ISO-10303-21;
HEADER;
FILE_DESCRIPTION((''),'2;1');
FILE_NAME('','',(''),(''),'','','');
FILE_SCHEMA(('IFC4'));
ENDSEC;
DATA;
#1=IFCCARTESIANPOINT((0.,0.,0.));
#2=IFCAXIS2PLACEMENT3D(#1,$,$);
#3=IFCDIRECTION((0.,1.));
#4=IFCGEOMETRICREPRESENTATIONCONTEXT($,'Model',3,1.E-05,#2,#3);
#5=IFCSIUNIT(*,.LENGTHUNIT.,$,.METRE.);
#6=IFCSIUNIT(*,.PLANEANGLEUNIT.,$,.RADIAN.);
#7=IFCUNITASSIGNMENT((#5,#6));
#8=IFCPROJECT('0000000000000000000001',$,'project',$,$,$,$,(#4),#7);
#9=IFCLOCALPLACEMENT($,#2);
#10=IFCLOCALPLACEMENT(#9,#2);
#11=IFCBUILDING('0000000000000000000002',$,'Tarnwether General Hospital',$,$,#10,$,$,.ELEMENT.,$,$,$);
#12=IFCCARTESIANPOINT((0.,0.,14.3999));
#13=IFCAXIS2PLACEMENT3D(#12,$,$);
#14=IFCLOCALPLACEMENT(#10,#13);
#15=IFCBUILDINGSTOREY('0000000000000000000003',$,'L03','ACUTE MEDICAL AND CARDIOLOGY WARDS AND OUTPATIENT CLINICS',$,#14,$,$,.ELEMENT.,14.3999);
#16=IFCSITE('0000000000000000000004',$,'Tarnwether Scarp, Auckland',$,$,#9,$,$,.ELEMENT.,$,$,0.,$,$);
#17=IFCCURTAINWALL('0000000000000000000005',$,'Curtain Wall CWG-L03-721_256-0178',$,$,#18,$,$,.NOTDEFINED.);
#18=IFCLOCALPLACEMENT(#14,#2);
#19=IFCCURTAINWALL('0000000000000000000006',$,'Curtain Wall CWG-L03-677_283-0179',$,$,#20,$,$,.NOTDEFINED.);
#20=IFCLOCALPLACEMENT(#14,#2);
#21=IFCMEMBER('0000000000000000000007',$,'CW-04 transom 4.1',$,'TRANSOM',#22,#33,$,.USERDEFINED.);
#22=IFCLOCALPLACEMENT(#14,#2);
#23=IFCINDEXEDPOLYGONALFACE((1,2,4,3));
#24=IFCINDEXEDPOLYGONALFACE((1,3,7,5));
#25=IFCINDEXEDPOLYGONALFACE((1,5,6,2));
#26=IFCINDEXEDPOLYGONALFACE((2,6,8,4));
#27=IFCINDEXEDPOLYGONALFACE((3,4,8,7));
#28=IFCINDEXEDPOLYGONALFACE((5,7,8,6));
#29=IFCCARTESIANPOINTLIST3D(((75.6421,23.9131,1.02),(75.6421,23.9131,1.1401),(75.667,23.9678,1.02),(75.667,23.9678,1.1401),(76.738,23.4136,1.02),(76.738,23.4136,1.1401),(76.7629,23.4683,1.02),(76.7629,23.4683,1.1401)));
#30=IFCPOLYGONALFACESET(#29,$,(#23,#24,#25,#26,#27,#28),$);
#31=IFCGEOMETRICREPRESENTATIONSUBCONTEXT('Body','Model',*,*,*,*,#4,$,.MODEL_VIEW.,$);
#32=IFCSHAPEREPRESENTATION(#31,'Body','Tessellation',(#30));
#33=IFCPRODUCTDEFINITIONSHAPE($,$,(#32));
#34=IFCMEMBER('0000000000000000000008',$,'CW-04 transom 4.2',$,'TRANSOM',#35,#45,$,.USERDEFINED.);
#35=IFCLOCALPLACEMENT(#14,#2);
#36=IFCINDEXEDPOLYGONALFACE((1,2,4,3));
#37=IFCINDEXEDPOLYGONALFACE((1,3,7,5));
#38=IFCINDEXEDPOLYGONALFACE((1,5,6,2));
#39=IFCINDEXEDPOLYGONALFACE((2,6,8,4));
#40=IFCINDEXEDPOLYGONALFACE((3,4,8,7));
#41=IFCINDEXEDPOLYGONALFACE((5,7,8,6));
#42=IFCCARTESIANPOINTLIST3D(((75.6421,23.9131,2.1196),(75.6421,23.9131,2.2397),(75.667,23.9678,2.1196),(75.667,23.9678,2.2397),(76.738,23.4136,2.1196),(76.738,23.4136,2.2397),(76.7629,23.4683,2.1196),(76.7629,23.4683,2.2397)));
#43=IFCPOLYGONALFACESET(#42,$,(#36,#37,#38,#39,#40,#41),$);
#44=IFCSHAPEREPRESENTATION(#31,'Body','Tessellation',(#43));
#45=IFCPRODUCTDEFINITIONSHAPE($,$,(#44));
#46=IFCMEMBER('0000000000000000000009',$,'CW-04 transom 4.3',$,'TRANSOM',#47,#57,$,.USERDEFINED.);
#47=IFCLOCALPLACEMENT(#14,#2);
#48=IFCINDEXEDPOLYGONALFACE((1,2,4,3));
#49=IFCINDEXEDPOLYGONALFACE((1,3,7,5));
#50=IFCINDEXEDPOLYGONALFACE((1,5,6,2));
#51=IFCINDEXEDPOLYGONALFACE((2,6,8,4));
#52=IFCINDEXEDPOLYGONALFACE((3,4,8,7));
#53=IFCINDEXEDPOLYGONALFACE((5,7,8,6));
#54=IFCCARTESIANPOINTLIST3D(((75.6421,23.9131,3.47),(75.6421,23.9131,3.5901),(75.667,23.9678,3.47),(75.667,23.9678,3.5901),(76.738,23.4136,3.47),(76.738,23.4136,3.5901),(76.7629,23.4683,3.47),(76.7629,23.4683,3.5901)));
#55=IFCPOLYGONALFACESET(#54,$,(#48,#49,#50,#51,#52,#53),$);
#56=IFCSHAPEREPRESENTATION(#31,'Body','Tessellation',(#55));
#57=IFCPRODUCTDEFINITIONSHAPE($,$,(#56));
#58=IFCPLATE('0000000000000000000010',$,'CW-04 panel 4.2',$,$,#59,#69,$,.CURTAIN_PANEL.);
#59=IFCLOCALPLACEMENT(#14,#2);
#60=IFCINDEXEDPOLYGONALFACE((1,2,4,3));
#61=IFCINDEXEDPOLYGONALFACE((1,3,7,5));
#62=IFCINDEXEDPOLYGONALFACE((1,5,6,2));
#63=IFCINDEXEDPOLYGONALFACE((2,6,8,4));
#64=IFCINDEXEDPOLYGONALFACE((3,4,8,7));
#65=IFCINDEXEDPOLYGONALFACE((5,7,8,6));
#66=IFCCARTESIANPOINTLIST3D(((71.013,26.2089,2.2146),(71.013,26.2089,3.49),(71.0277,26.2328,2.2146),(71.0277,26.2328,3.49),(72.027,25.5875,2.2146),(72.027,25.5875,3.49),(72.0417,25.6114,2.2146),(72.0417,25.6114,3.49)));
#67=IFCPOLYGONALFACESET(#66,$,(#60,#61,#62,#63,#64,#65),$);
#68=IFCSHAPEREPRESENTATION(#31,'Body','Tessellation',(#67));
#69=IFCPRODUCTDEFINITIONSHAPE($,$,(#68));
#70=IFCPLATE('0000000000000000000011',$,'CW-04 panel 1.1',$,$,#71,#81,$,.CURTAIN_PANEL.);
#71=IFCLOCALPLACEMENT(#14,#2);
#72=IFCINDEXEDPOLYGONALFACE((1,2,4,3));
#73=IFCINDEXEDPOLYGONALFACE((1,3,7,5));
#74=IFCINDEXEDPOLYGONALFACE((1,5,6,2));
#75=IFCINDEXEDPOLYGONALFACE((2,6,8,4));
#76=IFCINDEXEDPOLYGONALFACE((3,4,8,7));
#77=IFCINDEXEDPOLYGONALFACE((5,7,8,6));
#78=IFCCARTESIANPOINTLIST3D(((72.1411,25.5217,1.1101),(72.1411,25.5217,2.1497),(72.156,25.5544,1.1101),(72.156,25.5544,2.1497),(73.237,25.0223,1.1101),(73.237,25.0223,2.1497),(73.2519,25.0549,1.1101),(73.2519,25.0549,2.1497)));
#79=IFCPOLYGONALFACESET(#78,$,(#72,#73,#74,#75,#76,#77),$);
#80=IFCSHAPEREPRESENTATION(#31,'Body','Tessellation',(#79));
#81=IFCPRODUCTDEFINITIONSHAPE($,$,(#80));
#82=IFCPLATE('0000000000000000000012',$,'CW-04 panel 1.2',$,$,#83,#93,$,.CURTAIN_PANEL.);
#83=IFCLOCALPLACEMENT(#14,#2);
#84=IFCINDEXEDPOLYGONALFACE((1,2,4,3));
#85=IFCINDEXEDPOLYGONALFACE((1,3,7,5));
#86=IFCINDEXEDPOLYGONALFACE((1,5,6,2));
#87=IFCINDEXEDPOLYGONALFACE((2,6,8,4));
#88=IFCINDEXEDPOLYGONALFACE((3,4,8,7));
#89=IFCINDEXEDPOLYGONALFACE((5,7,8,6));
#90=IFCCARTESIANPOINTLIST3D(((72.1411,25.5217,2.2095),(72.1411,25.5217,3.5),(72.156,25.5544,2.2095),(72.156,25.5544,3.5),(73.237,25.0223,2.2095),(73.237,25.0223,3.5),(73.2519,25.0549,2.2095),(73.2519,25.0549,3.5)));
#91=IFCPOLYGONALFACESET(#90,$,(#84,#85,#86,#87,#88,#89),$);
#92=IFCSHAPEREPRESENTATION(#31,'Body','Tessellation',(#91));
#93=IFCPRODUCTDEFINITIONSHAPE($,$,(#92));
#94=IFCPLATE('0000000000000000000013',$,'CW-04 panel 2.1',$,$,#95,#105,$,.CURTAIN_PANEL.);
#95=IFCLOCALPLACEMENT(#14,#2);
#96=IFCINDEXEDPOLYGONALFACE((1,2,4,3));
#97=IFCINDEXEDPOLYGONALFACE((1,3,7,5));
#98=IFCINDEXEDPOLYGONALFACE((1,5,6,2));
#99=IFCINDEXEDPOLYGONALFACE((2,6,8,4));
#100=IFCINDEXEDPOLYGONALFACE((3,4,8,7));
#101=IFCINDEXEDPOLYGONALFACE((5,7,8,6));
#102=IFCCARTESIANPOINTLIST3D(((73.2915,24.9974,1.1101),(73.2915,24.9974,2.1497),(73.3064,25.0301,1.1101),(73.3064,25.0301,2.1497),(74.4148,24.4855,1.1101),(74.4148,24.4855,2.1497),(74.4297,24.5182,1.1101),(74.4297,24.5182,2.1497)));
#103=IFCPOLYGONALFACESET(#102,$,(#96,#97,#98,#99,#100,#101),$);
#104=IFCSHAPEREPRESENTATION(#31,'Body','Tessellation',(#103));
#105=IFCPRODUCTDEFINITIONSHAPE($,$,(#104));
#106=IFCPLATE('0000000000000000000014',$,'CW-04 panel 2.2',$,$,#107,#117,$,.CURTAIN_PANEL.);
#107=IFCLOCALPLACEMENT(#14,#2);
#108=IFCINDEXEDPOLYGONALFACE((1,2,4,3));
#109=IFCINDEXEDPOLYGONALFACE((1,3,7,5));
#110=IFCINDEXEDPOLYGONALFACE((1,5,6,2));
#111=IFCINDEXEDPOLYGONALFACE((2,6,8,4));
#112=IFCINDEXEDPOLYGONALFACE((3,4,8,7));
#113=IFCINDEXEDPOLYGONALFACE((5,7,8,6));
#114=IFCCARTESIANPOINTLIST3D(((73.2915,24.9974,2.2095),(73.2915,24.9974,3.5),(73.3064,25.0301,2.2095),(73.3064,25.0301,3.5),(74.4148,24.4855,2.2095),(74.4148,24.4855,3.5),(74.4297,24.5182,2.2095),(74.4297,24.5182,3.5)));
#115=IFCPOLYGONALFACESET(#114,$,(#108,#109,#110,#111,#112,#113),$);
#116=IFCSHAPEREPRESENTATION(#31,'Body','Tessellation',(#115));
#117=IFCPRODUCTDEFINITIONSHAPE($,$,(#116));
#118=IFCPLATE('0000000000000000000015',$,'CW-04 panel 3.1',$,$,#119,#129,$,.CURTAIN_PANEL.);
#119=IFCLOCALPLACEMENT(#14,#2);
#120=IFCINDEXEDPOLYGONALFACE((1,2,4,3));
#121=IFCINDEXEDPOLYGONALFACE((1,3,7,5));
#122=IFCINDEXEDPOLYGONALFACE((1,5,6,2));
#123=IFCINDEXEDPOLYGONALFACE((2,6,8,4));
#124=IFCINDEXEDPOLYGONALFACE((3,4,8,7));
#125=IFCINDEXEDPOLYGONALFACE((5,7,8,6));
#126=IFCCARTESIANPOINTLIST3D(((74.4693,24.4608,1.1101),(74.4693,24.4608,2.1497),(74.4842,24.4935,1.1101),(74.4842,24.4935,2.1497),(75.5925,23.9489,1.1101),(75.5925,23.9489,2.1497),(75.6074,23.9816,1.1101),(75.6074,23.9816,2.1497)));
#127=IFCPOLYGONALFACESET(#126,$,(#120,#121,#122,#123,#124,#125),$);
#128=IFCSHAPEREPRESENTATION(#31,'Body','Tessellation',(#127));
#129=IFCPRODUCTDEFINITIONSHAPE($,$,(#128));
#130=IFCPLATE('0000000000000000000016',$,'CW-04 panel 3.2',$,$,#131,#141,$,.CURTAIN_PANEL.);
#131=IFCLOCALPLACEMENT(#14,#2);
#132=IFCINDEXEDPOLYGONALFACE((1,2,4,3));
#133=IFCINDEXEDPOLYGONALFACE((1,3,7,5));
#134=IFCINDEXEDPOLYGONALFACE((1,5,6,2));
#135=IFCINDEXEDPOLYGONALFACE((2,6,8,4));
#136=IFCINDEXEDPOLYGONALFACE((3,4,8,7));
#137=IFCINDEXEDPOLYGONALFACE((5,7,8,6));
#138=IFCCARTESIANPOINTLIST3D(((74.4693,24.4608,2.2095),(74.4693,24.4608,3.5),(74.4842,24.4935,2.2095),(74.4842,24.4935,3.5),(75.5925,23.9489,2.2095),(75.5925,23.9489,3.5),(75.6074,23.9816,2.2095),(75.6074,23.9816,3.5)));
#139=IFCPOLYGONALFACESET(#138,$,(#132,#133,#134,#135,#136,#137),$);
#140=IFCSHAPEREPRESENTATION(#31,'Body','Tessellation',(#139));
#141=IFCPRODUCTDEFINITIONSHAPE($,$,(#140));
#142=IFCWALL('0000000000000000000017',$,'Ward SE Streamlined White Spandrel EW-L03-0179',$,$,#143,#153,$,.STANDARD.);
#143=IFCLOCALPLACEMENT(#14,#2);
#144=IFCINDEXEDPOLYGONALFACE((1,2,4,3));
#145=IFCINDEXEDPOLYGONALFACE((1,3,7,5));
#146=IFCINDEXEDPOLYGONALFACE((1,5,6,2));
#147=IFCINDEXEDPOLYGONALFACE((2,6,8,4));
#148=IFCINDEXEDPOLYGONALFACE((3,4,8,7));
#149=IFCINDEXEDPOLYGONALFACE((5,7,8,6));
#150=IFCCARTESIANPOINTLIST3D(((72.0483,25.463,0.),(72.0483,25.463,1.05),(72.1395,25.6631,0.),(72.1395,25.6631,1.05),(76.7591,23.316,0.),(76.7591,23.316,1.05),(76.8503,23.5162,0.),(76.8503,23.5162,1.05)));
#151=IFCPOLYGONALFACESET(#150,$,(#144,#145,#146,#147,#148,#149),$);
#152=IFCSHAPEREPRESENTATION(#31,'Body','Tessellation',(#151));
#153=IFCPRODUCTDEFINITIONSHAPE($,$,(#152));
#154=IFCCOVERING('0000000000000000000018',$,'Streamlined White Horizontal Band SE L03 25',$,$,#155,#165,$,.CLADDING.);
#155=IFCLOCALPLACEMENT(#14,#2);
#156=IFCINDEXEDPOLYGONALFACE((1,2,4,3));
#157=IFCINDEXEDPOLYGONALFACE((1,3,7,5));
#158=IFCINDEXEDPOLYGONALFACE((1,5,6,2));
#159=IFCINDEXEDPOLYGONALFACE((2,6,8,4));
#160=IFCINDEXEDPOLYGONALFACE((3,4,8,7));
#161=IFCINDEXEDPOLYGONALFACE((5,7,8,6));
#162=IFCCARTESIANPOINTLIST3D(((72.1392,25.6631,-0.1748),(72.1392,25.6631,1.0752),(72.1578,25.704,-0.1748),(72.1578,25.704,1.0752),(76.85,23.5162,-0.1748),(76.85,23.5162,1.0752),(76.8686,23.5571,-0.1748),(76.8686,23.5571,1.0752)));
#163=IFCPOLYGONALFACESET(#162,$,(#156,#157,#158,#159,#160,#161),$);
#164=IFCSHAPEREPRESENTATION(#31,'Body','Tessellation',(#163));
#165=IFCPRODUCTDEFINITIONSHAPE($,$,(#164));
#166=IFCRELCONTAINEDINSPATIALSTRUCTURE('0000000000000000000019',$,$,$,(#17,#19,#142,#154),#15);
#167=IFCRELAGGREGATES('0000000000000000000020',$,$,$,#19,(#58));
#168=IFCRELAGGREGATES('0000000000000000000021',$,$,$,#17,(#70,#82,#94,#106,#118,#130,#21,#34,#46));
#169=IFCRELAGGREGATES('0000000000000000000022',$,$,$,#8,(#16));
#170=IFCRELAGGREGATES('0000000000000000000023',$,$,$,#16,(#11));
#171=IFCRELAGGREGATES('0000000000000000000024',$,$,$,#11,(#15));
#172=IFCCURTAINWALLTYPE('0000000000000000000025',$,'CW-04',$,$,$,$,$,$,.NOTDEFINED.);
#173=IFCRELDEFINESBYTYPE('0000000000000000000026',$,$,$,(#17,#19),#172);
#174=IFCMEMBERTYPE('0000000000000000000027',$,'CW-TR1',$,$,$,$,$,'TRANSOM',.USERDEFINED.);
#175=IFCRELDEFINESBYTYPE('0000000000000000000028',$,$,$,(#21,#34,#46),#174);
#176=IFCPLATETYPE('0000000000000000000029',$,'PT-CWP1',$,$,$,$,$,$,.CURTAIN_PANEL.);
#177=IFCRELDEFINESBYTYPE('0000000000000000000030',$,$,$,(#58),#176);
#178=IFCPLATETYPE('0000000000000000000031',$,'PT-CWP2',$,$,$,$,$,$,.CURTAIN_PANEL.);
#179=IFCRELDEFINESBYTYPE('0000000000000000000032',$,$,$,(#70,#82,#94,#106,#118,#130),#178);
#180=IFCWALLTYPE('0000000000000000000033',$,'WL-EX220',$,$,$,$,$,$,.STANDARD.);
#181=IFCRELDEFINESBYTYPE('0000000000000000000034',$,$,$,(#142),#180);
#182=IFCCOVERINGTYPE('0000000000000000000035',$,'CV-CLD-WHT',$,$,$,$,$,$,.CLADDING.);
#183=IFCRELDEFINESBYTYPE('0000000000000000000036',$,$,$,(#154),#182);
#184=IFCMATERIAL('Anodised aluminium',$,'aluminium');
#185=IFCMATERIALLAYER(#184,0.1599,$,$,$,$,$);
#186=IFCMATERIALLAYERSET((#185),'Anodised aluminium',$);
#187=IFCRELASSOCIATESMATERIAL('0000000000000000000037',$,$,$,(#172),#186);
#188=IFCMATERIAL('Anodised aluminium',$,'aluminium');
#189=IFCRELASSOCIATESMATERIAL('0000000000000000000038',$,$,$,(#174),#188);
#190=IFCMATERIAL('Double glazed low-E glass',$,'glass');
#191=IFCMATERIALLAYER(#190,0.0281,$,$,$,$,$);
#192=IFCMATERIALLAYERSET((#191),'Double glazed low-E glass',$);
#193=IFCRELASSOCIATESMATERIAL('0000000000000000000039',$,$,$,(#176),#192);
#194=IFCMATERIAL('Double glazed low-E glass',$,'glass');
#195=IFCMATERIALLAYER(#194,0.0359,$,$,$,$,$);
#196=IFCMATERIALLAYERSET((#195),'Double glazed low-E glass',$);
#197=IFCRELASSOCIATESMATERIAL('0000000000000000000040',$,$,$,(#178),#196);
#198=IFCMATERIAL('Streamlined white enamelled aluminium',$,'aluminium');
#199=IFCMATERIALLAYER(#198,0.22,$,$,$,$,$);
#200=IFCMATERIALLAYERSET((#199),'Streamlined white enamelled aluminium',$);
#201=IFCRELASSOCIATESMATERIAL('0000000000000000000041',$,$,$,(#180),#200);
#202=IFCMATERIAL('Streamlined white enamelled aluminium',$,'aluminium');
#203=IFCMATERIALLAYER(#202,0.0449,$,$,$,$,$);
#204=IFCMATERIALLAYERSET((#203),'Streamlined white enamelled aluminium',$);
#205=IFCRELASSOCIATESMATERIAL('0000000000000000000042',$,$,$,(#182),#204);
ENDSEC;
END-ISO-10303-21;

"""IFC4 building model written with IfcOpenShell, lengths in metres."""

from ifc_helpers import new_model, si_unit, direction, frame, frame_2d, origin, origin_2d, place, context, subcontext, project, spatial, rectangle, extrude, material, layer, layer_set, material_profile, profile_set, type_object, element, aggregate, save


model = new_model("IFC4")

# Units and contexts
model_context = context("Model", 3, precision=1e-05, world=origin(), true_north=direction((0.0, 1.0)))
body_context = subcontext(model_context, "Body", "Model", "MODEL_VIEW")
ifc_project = project(units=[si_unit("LENGTHUNIT", "METRE"), si_unit("PLANEANGLEUNIT", "RADIAN")], contexts=[model_context])

# Site, building, storey
site_placement = place(None, origin())
site = spatial("IfcSite", under=ifc_project, at=site_placement, Name="Tarnwether Scarp, Auckland", CompositionType="ELEMENT", RefElevation=0.0)
building_placement = place(site_placement, origin())
building = spatial("IfcBuilding", under=site, at=building_placement, Name="Tarnwether General Hospital", CompositionType="ELEMENT")
storey_placement = place(building_placement, frame((0.0, 0.0, 14.3999)))
storey = spatial("IfcBuildingStorey", under=building, at=storey_placement, Name="L03", Description="ACUTE MEDICAL AND CARDIOLOGY WARDS AND OUTPATIENT CLINICS", CompositionType="ELEMENT", Elevation=14.3999)

# Curtain wall
ifc_material_1 = material(Name="Anodised aluminium", Category="aluminium")
ifc_layer_1 = layer(ifc_material_1, 0.1599)
ifc_layer_set_1 = layer_set([ifc_layer_1], Name="Anodised aluminium")
curtain_wall_type = type_object("IfcCurtainWallType", Name="CW-04", PredefinedType="NOTDEFINED", material=ifc_layer_set_1)
curtain_wall_1_placement = place(storey_placement, origin())
curtain_wall_1 = element("IfcCurtainWall", 1, at=curtain_wall_1_placement, inside=storey, type_object=curtain_wall_type, Name="Curtain Wall CWG-L03-721_256-0178", PredefinedType="NOTDEFINED")

# Curtain wall
curtain_wall_2_placement = place(storey_placement, origin())
curtain_wall_2 = element("IfcCurtainWall", 2, at=curtain_wall_2_placement, inside=storey, type_object=curtain_wall_type, Name="Curtain Wall CWG-L03-677_283-0179", PredefinedType="NOTDEFINED")

# Members
ifc_material_2 = material(Name="Anodised aluminium", Category="aluminium")
ifc_material_profile_1 = material_profile(ifc_material_2, rectangle(XDim=0.0601, YDim=0.1201, at=origin_2d()), Name="ALU-TRN-60x120")
ifc_profile_set_1 = profile_set([ifc_material_profile_1], Name="Anodised aluminium")
member_type_1 = type_object("IfcMemberType", Name="CW-TR1", ElementType="TRANSOM", PredefinedType="USERDEFINED", material=ifc_profile_set_1)
member_1_placement = place(storey_placement, frame((75.6545, 23.9404, 1.0801), z_axis=(0.909943, -0.414734, 0.0), x_axis=(0.414734, 0.909943, 0.0)))
member_1 = element("IfcMember", 3, at=member_1_placement, type_object=member_type_1, Name="CW-04 transom 4.1", ObjectType="TRANSOM", PredefinedType="USERDEFINED", context=body_context, shape_type="SweptSolid", body=[
    extrude(rectangle(XDim=0.0601, YDim=0.1201, at=origin_2d()), origin(), (0.0, 0.0, 1.0), 1.2043),
])
member_2_placement = place(storey_placement, frame((75.6545, 23.9404, 2.1797), z_axis=(0.909943, -0.414734, 0.0), x_axis=(0.414734, 0.909943, 0.0)))
member_2 = element("IfcMember", 4, at=member_2_placement, type_object=member_type_1, Name="CW-04 transom 4.2", ObjectType="TRANSOM", PredefinedType="USERDEFINED", context=body_context, shape_type="SweptSolid", body=[
    extrude(rectangle(XDim=0.0601, YDim=0.1201, at=origin_2d()), origin(), (0.0, 0.0, 1.0), 1.2043),
])
member_3_placement = place(storey_placement, frame((75.6545, 23.9404, 3.53), z_axis=(0.909943, -0.414734, 0.0), x_axis=(0.414734, 0.909943, 0.0)))
member_3 = element("IfcMember", 5, at=member_3_placement, type_object=member_type_1, Name="CW-04 transom 4.3", ObjectType="TRANSOM", PredefinedType="USERDEFINED", context=body_context, shape_type="SweptSolid", body=[
    extrude(rectangle(XDim=0.0601, YDim=0.1201, at=origin_2d()), origin(), (0.0, 0.0, 1.0), 1.2043),
])

# Plates
ifc_material_3 = material(Name="Double glazed low-E glass", Category="glass")
ifc_layer_2 = layer(ifc_material_3, 0.0281)
ifc_layer_set_2 = layer_set([ifc_layer_2], Name="Double glazed low-E glass")
plate_type_1 = type_object("IfcPlateType", Name="PT-CWP1", PredefinedType="CURTAIN_PANEL", material=ifc_layer_set_2)
plate_1_placement = place(storey_placement, frame((71.5273, 25.9102, 2.2146), z_axis=(0.0, 0.0, 1.0), x_axis=(0.852632, -0.522512, 0.0)))
plate_1 = element("IfcPlate", 6, at=plate_1_placement, type_object=plate_type_1, Name="CW-04 panel 4.2", PredefinedType="CURTAIN_PANEL", context=body_context, shape_type="SweptSolid", body=[
    extrude(rectangle(XDim=1.1892, YDim=0.0281, at=origin_2d()), origin(), (0.0, 0.0, 1.0), 1.2754),
])
aggregate(curtain_wall_2, [plate_1])
ifc_material_4 = material(Name="Double glazed low-E glass", Category="glass")
ifc_layer_3 = layer(ifc_material_4, 0.0359)
ifc_layer_set_3 = layer_set([ifc_layer_3], Name="Double glazed low-E glass")
plate_type_2 = type_object("IfcPlateType", Name="PT-CWP2", PredefinedType="CURTAIN_PANEL", material=ifc_layer_set_3)
plate_2_placement = place(storey_placement, frame((72.6965, 25.2883, 1.1101), z_axis=(0.0, 0.0, 1.0), x_axis=(0.909956, -0.414705, 0.0)))
plate_2 = element("IfcPlate", 7, at=plate_2_placement, type_object=plate_type_2, Name="CW-04 panel 1.1", PredefinedType="CURTAIN_PANEL", context=body_context, shape_type="SweptSolid", body=[
    extrude(rectangle(XDim=1.2043, YDim=0.0359, at=origin_2d()), origin(), (0.0, 0.0, 1.0), 1.0396),
])
plate_3_placement = place(storey_placement, frame((72.6965, 25.2883, 2.2095), z_axis=(0.0, 0.0, 1.0), x_axis=(0.909956, -0.414705, 0.0)))
plate_3 = element("IfcPlate", 8, at=plate_3_placement, type_object=plate_type_2, Name="CW-04 panel 1.2", PredefinedType="CURTAIN_PANEL", context=body_context, shape_type="SweptSolid", body=[
    extrude(rectangle(XDim=1.2043, YDim=0.0359, at=origin_2d()), origin(), (0.0, 0.0, 1.0), 1.2905),
])
plate_4_placement = place(storey_placement, frame((73.8606, 24.7578, 1.1101), z_axis=(0.0, 0.0, 1.0), x_axis=(0.909956, -0.414705, 0.0)))
plate_4 = element("IfcPlate", 9, at=plate_4_placement, type_object=plate_type_2, Name="CW-04 panel 2.1", PredefinedType="CURTAIN_PANEL", context=body_context, shape_type="SweptSolid", body=[
    extrude(rectangle(XDim=1.2344, YDim=0.0359, at=origin_2d()), origin(), (0.0, 0.0, 1.0), 1.0396),
])
plate_5_placement = place(storey_placement, frame((73.8606, 24.7578, 2.2095), z_axis=(0.0, 0.0, 1.0), x_axis=(0.909956, -0.414705, 0.0)))
plate_5 = element("IfcPlate", 10, at=plate_5_placement, type_object=plate_type_2, Name="CW-04 panel 2.2", PredefinedType="CURTAIN_PANEL", context=body_context, shape_type="SweptSolid", body=[
    extrude(rectangle(XDim=1.2344, YDim=0.0359, at=origin_2d()), origin(), (0.0, 0.0, 1.0), 1.2905),
])
plate_6_placement = place(storey_placement, frame((75.0383, 24.2212, 1.1101), z_axis=(0.0, 0.0, 1.0), x_axis=(0.909956, -0.414705, 0.0)))
plate_6 = element("IfcPlate", 11, at=plate_6_placement, type_object=plate_type_2, Name="CW-04 panel 3.1", PredefinedType="CURTAIN_PANEL", context=body_context, shape_type="SweptSolid", body=[
    extrude(rectangle(XDim=1.2344, YDim=0.0359, at=origin_2d()), origin(), (0.0, 0.0, 1.0), 1.0396),
])
plate_7_placement = place(storey_placement, frame((75.0383, 24.2212, 2.2095), z_axis=(0.0, 0.0, 1.0), x_axis=(0.909956, -0.414705, 0.0)))
plate_7 = element("IfcPlate", 12, at=plate_7_placement, type_object=plate_type_2, Name="CW-04 panel 3.2", PredefinedType="CURTAIN_PANEL", context=body_context, shape_type="SweptSolid", body=[
    extrude(rectangle(XDim=1.2344, YDim=0.0359, at=origin_2d()), origin(), (0.0, 0.0, 1.0), 1.2905),
])
aggregate(curtain_wall_1, [plate_2, plate_3, plate_4, plate_5, plate_6, plate_7, member_1, member_2, member_3])

# Wall
ifc_material_5 = material(Name="Streamlined white enamelled aluminium", Category="aluminium")
ifc_layer_4 = layer(ifc_material_5, 0.22)
ifc_layer_set_4 = layer_set([ifc_layer_4], Name="Streamlined white enamelled aluminium")
wall_type = type_object("IfcWallType", Name="WL-EX220", PredefinedType="STANDARD", material=ifc_layer_set_4)
wall_placement = place(storey_placement, frame((72.094, 25.563, 0.0), z_axis=(0.0, 0.0, 1.0), x_axis=(0.909956, -0.414705, 0.0)))
element("IfcWall", 13, at=wall_placement, inside=storey, type_object=wall_type, Name="Ward SE Streamlined White Spandrel EW-L03-0179", PredefinedType="STANDARD", context=body_context, shape_type="SweptSolid", body=[
    extrude(rectangle(XDim=5.177, YDim=0.22, at=frame_2d((2.5884, 0.0))), origin(), (0.0, 0.0, 1.0), 1.05),
])

# Covering
ifc_material_6 = material(Name="Streamlined white enamelled aluminium", Category="aluminium")
ifc_layer_5 = layer(ifc_material_6, 0.0449)
ifc_layer_set_5 = layer_set([ifc_layer_5], Name="Streamlined white enamelled aluminium")
covering_type = type_object("IfcCoveringType", Name="CV-CLD-WHT", PredefinedType="CLADDING", material=ifc_layer_set_5)
covering_placement = place(storey_placement, frame((74.5039, 24.6101, -0.1748), z_axis=(0.0, 0.0, 1.0), x_axis=(0.909954, -0.414709, 0.0)))
element("IfcCovering", 14, at=covering_placement, inside=storey, type_object=covering_type, Name="Streamlined White Horizontal Band SE L03 25", PredefinedType="CLADDING", context=body_context, shape_type="SweptSolid", body=[
    extrude(rectangle(XDim=5.177, YDim=0.0449, at=origin_2d()), origin(), (0.0, 0.0, 1.0), 1.25),
])

save(model, "model.ifc")
